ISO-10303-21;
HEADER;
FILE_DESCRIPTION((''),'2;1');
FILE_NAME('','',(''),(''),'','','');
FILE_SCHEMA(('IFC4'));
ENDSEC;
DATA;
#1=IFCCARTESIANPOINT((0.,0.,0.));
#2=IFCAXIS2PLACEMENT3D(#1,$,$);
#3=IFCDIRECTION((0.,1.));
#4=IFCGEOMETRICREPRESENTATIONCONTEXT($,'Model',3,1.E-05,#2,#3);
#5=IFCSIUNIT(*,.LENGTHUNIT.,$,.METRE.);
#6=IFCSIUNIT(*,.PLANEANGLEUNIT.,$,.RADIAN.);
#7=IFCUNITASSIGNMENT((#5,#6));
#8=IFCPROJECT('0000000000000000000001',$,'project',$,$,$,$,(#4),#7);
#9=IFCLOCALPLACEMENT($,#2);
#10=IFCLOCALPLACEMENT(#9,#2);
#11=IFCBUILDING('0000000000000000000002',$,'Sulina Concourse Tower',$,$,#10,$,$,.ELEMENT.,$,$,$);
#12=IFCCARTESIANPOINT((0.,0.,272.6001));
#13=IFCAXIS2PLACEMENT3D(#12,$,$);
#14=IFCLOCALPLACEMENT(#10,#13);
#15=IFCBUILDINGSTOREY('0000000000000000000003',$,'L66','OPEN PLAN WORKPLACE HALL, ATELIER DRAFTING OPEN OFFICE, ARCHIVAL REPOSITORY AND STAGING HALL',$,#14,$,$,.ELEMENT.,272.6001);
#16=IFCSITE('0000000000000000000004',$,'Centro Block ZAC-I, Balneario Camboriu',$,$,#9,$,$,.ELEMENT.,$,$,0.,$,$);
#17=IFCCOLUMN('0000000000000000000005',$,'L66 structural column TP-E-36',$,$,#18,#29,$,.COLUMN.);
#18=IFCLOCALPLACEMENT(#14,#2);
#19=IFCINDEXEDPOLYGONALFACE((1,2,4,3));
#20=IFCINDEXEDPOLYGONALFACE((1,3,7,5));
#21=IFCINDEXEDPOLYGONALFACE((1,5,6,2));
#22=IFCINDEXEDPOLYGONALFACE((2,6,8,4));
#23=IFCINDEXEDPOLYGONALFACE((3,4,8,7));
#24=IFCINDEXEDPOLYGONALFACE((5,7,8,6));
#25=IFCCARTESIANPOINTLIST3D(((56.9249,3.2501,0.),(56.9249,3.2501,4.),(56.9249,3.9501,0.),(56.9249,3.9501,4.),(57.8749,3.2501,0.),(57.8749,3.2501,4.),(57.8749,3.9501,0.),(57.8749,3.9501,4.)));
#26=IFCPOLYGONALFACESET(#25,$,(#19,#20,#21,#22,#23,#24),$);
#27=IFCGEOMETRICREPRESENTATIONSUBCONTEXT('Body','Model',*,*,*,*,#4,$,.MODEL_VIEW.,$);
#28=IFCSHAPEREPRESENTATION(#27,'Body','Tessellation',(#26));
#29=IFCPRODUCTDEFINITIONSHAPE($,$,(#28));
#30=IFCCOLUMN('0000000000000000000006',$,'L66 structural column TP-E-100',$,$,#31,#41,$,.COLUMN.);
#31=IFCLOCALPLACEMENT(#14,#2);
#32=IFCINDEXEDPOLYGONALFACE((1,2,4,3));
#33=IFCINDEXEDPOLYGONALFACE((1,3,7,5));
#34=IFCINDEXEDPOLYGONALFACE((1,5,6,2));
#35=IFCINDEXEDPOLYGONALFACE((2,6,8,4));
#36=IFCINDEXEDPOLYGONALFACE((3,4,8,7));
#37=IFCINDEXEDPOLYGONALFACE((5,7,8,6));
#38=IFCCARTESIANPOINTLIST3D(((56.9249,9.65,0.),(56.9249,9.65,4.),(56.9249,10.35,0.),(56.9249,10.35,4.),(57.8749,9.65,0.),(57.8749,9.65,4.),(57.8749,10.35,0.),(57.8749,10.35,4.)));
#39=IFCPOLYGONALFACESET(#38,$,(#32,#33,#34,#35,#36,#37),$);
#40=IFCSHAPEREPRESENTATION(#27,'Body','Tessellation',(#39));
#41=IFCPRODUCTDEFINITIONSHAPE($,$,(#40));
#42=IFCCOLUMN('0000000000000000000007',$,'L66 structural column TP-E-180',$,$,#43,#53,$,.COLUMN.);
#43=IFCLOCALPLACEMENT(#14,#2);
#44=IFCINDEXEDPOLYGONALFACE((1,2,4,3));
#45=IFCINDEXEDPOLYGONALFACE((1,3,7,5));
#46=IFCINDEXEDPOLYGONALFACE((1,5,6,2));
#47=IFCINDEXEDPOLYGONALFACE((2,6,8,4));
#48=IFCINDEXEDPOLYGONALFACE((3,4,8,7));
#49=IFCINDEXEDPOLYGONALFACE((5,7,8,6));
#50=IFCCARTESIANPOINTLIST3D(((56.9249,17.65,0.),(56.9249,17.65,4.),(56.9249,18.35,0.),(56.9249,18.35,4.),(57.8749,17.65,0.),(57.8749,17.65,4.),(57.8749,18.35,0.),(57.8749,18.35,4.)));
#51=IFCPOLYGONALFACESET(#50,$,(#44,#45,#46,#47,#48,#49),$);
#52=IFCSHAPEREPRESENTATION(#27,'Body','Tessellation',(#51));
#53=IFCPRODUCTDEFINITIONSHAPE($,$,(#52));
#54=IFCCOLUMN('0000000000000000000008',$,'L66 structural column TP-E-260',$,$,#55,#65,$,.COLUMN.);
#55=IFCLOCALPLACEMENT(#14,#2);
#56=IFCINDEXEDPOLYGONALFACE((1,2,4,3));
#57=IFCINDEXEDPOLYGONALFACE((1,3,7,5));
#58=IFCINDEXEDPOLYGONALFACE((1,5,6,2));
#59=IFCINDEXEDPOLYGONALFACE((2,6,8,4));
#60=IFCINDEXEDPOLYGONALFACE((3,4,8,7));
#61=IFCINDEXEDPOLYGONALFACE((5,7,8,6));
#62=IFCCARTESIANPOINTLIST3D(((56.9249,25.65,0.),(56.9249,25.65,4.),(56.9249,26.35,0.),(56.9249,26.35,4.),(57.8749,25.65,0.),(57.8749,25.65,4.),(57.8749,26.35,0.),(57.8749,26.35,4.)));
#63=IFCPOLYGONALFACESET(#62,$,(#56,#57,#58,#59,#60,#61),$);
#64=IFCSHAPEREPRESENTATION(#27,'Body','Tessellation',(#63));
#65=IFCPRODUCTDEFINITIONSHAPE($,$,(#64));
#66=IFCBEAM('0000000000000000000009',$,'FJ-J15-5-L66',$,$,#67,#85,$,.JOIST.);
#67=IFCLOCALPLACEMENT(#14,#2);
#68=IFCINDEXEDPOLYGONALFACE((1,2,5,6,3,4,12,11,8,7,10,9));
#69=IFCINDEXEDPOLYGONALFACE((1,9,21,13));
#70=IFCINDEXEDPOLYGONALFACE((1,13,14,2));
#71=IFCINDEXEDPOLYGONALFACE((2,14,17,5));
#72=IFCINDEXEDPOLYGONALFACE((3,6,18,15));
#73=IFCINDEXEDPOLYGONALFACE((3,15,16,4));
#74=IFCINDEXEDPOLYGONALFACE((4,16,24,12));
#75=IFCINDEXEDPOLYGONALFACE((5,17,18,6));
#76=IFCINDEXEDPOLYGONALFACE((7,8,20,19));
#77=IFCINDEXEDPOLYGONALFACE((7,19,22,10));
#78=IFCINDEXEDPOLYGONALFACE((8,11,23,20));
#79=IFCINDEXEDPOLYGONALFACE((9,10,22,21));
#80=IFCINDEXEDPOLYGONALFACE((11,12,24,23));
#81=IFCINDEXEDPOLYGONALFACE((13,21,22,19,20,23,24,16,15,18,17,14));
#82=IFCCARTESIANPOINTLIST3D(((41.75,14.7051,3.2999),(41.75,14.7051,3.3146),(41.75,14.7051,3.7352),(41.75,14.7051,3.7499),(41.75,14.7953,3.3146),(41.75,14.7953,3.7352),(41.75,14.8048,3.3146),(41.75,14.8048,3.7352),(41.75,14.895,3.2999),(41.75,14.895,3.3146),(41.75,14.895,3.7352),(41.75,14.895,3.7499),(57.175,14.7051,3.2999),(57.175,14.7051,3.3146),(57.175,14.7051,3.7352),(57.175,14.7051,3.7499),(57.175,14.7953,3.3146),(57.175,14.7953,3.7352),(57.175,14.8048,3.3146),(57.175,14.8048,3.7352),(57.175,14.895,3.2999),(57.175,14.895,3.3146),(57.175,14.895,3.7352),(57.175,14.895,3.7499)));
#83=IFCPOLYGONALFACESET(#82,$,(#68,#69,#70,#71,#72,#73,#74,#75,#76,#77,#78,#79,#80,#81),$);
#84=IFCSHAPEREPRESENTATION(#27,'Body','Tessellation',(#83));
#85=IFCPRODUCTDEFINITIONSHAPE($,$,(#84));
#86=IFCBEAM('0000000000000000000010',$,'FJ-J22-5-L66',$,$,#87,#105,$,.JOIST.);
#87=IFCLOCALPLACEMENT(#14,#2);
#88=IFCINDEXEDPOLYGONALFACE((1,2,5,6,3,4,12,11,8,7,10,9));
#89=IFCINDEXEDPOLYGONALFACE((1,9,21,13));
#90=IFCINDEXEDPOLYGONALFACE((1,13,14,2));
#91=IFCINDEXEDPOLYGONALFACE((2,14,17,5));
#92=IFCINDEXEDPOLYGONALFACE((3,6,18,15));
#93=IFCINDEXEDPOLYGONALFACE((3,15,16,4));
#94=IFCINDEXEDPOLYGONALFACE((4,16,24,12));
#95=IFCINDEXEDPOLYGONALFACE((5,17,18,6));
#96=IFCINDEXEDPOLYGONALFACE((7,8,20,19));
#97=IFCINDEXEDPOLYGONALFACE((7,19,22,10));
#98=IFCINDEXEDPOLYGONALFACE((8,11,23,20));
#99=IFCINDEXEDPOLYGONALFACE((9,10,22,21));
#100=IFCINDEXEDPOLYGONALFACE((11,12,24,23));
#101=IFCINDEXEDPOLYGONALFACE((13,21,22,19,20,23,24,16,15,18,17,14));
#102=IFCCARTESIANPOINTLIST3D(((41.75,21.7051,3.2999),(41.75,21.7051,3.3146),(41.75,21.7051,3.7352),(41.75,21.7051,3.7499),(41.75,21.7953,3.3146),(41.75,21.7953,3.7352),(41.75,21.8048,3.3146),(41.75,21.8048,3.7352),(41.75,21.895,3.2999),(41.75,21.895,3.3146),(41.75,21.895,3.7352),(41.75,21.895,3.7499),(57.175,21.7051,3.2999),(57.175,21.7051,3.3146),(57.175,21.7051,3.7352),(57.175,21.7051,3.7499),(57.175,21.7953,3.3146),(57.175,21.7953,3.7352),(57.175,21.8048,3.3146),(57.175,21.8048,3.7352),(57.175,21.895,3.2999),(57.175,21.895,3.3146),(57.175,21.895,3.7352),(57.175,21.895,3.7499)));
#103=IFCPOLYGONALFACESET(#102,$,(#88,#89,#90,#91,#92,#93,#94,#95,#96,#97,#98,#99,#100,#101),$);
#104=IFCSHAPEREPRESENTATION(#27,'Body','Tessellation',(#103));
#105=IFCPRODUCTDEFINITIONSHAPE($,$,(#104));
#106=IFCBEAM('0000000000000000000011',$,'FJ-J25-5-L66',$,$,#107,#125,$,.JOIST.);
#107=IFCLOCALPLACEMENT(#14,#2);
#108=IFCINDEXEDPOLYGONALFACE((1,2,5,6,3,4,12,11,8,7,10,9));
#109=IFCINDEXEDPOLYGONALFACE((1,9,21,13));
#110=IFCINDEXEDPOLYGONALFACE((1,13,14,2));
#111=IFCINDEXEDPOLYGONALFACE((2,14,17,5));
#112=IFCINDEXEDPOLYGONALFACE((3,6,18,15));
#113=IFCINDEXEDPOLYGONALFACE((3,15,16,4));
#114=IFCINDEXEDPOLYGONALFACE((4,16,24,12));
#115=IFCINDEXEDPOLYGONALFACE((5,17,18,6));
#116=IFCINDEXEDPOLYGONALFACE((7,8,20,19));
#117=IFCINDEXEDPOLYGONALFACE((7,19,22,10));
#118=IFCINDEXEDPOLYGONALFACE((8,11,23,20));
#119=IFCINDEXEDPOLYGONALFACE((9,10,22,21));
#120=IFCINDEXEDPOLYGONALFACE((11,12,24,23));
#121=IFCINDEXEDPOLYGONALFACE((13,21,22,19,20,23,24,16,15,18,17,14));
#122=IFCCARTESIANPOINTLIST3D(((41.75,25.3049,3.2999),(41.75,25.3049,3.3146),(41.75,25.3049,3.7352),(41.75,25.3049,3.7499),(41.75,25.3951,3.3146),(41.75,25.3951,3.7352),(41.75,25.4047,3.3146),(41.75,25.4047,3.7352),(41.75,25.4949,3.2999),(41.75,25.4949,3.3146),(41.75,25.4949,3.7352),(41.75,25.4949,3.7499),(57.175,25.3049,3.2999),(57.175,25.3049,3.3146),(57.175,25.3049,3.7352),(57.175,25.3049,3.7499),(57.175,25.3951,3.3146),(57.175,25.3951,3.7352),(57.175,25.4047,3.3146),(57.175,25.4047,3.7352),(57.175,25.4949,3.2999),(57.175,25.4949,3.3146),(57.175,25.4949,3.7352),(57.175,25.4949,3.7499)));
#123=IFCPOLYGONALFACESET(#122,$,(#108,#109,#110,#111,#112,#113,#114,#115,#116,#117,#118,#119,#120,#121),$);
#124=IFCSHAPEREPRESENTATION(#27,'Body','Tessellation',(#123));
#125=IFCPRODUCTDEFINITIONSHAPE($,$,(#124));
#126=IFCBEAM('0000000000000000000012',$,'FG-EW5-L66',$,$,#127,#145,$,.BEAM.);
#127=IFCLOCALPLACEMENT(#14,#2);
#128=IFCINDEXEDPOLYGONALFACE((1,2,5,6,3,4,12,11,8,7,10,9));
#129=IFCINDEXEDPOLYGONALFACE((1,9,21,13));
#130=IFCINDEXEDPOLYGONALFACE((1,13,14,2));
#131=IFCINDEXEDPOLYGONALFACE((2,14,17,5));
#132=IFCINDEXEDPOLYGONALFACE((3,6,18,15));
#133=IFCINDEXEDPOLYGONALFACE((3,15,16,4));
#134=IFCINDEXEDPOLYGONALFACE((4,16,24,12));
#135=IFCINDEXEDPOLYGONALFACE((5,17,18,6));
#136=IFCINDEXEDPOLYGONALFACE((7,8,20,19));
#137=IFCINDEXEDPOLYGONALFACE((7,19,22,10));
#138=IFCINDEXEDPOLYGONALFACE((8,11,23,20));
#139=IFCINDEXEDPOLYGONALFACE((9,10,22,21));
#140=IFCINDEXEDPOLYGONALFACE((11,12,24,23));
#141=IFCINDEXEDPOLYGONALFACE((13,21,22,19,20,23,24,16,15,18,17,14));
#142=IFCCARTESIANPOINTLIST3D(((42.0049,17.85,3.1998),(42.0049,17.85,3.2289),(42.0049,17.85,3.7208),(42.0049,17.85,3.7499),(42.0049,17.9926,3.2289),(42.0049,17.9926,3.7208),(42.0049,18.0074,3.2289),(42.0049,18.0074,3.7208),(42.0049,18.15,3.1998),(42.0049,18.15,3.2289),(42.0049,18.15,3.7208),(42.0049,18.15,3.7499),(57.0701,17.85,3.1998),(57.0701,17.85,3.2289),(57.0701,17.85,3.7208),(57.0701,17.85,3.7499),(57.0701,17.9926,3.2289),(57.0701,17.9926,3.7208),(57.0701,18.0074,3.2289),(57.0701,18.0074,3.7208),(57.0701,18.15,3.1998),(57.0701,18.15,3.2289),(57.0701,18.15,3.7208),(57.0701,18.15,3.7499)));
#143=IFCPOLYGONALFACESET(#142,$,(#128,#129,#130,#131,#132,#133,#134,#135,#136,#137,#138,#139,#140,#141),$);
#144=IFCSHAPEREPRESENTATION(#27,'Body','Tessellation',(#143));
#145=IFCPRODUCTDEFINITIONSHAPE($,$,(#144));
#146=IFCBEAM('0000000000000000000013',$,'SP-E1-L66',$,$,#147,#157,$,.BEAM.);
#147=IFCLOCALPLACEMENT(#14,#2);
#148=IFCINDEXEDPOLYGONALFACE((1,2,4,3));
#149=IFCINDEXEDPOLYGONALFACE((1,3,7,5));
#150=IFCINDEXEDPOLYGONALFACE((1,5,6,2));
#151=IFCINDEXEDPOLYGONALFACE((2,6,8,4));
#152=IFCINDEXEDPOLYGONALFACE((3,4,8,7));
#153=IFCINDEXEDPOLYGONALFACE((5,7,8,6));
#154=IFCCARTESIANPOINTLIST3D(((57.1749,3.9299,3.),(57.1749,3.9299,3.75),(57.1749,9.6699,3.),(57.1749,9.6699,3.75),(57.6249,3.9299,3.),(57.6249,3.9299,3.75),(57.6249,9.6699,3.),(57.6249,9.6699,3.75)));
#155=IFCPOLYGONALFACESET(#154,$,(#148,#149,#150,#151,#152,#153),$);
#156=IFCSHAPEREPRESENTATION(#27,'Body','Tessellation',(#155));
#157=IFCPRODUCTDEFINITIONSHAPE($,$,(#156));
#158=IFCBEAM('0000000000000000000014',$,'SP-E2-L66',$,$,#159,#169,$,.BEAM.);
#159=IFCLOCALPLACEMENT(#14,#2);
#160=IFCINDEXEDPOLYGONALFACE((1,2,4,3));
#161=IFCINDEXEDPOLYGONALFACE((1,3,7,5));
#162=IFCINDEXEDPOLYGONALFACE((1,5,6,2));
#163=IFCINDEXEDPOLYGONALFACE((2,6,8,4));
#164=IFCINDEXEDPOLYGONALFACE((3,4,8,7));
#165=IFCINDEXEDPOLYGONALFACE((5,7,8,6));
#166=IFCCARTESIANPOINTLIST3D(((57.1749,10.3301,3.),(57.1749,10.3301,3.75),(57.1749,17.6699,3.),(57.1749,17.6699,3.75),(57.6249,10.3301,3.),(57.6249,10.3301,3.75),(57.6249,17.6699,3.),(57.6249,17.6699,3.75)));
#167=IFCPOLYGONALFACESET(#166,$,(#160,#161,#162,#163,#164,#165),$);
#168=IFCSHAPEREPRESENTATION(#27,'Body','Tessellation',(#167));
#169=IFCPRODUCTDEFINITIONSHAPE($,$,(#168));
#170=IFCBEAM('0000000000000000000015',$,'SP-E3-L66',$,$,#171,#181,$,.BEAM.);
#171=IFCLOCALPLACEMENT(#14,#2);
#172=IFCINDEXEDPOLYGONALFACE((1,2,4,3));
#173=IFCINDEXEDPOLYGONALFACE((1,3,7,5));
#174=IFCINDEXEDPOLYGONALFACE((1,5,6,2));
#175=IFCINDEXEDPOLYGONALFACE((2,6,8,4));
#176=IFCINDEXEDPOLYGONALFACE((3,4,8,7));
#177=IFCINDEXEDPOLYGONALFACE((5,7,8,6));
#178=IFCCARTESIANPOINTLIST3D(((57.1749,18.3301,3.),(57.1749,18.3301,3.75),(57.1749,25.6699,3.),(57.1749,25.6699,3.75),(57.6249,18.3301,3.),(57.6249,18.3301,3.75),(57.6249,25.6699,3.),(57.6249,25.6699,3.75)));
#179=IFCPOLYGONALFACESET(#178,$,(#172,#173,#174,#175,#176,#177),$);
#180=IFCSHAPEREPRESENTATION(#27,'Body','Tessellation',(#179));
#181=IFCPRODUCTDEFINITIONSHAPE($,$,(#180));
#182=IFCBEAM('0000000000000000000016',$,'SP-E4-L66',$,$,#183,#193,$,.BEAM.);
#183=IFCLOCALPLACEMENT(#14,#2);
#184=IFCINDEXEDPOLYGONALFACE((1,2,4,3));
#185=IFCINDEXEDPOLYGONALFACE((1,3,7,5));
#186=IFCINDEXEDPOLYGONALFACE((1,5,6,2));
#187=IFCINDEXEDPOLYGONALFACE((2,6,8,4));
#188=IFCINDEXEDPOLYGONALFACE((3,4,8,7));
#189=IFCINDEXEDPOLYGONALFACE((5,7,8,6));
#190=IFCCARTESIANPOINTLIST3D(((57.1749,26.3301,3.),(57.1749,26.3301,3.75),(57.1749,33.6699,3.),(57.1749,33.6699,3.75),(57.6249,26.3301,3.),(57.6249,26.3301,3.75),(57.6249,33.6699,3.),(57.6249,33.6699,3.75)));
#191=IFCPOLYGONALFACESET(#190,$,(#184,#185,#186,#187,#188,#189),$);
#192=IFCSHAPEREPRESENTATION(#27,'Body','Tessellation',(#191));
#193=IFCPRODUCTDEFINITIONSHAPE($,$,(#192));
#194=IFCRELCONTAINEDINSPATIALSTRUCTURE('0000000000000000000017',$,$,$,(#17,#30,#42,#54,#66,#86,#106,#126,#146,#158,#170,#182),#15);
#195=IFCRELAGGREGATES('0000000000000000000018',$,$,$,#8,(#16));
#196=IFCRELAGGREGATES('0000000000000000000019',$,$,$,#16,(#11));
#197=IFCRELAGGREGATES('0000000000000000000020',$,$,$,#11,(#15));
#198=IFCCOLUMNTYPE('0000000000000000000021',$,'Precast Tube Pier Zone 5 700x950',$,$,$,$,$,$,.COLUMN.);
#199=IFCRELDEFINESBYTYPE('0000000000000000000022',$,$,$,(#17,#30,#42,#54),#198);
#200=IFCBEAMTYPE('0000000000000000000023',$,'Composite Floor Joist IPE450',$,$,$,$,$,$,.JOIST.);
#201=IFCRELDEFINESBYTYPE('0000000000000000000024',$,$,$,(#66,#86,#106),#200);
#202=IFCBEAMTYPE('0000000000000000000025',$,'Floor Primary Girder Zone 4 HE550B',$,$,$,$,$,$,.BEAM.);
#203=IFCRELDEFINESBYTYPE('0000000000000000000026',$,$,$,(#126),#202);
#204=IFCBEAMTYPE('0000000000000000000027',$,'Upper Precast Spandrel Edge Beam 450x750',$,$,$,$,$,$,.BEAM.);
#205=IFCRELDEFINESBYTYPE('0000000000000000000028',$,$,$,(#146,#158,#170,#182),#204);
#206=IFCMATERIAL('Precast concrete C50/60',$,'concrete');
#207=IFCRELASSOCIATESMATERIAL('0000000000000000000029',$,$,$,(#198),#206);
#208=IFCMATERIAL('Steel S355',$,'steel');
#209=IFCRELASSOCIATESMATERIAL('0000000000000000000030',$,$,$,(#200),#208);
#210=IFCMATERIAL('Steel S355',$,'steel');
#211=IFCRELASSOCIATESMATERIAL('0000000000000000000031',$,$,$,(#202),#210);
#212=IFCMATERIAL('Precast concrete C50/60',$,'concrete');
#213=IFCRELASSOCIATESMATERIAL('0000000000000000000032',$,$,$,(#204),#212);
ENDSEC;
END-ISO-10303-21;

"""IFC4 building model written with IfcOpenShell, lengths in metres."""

from ifc_helpers import new_model, si_unit, direction, frame, origin, origin_2d, place, context, subcontext, project, spatial, rectangle, i_section, extrude, material, material_profile, profile_set, type_object, element, save


model = new_model("IFC4")

# Units and contexts
model_context = context("Model", 3, precision=1e-05, world=origin(), true_north=direction((0.0, 1.0)))
body_context = subcontext(model_context, "Body", "Model", "MODEL_VIEW")
ifc_project = project(units=[si_unit("LENGTHUNIT", "METRE"), si_unit("PLANEANGLEUNIT", "RADIAN")], contexts=[model_context])

# Site, building, storey
site_placement = place(None, origin())
site = spatial("IfcSite", under=ifc_project, at=site_placement, Name="Centro Block ZAC-I, Balneario Camboriu", CompositionType="ELEMENT", RefElevation=0.0)
building_placement = place(site_placement, origin())
building = spatial("IfcBuilding", under=site, at=building_placement, Name="Sulina Concourse Tower", CompositionType="ELEMENT")
storey_placement = place(building_placement, frame((0.0, 0.0, 272.6001)))
storey = spatial("IfcBuildingStorey", under=building, at=storey_placement, Name="L66", Description="OPEN PLAN WORKPLACE HALL, ATELIER DRAFTING OPEN OFFICE, ARCHIVAL REPOSITORY AND STAGING HALL", CompositionType="ELEMENT", Elevation=272.6001)

# Columns
ifc_material_1 = material(Name="Precast concrete C50/60", Category="concrete")
ifc_material_profile_1 = material_profile(ifc_material_1, rectangle(XDim=0.7, YDim=0.95, at=origin_2d()), Name="PC 700x950")
ifc_profile_set_1 = profile_set([ifc_material_profile_1], Name="Precast concrete C50/60")
column_type = type_object("IfcColumnType", Name="Precast Tube Pier Zone 5 700x950", PredefinedType="COLUMN", material=ifc_profile_set_1)
for number, where, z_axis, x_axis, name in (
    (1, (57.3999, 3.6001, 0.0), (0.0, 0.0, 1.0), (0.0, 1.0, 0.0), "L66 structural column TP-E-36"),
    (2, (57.3999, 10.0, 0.0), (0.0, 0.0, 1.0), (0.0, 1.0, 0.0), "L66 structural column TP-E-100"),
    (3, (57.3999, 18.0, 0.0), (0.0, 0.0, 1.0), (0.0, 1.0, 0.0), "L66 structural column TP-E-180"),
    (4, (57.3999, 26.0, 0.0), (0.0, 0.0, 1.0), (0.0, 1.0, 0.0), "L66 structural column TP-E-260"),
):
    element("IfcColumn", number, at=place(storey_placement, frame(where, z_axis=z_axis, x_axis=x_axis)), inside=storey, type_object=column_type, Name=name, PredefinedType="COLUMN", context=body_context, shape_type="SweptSolid", body=[
        extrude(rectangle(XDim=0.7, YDim=0.95, at=origin_2d()), origin(), (0.0, 0.0, 1.0), 4.0),
    ])

# Beams
ifc_material_2 = material(Name="Steel S355", Category="steel")
ifc_material_profile_2 = material_profile(ifc_material_2, i_section(OverallWidth=0.1899, OverallDepth=0.45, WebThickness=0.0095, FlangeThickness=0.0146, at=origin_2d()), Name="IPE 450")
ifc_profile_set_2 = profile_set([ifc_material_profile_2], Name="Steel S355")
beam_type_1 = type_object("IfcBeamType", Name="Composite Floor Joist IPE450", PredefinedType="JOIST", material=ifc_profile_set_2)
for number, where, z_axis, x_axis, name in (
    (5, (41.75, 14.8, 3.5249), (1.0, 0.0, 0.0), (0.0, 1.0, 0.0), "FJ-J15-5-L66"),
    (6, (41.75, 21.8, 3.5249), (1.0, 0.0, 0.0), (0.0, 1.0, 0.0), "FJ-J22-5-L66"),
    (7, (41.75, 25.3999, 3.5249), (1.0, 0.0, 0.0), (0.0, 1.0, 0.0), "FJ-J25-5-L66"),
):
    element("IfcBeam", number, at=place(storey_placement, frame(where, z_axis=z_axis, x_axis=x_axis)), inside=storey, type_object=beam_type_1, Name=name, PredefinedType="JOIST", context=body_context, shape_type="SweptSolid", body=[
        extrude(i_section(OverallWidth=0.1899, OverallDepth=0.45, WebThickness=0.0095, FlangeThickness=0.0146, at=origin_2d()), origin(), (0.0, 0.0, 1.0), 15.425),
    ])
ifc_material_3 = material(Name="Steel S355", Category="steel")
ifc_material_profile_3 = material_profile(ifc_material_3, i_section(OverallWidth=0.3, OverallDepth=0.55, WebThickness=0.0149, FlangeThickness=0.0291, at=origin_2d()), Name="HE 550 B")
ifc_profile_set_3 = profile_set([ifc_material_profile_3], Name="Steel S355")
beam_type_2 = type_object("IfcBeamType", Name="Floor Primary Girder Zone 4 HE550B", PredefinedType="BEAM", material=ifc_profile_set_3)
beam_1_placement = place(storey_placement, frame((42.0049, 18.0, 3.4749), z_axis=(1.0, 0.0, 0.0), x_axis=(0.0, 1.0, 0.0)))
element("IfcBeam", 8, at=beam_1_placement, inside=storey, type_object=beam_type_2, Name="FG-EW5-L66", PredefinedType="BEAM", context=body_context, shape_type="SweptSolid", body=[
    extrude(i_section(OverallWidth=0.3, OverallDepth=0.55, WebThickness=0.0149, FlangeThickness=0.0291, at=origin_2d()), origin(), (0.0, 0.0, 1.0), 15.0652),
])
ifc_material_4 = material(Name="Precast concrete C50/60", Category="concrete")
ifc_material_profile_4 = material_profile(ifc_material_4, rectangle(XDim=0.45, YDim=0.75, at=origin_2d()), Name="RC 450x750")
ifc_profile_set_4 = profile_set([ifc_material_profile_4], Name="Precast concrete C50/60")
beam_type_3 = type_object("IfcBeamType", Name="Upper Precast Spandrel Edge Beam 450x750", PredefinedType="BEAM", material=ifc_profile_set_4)
beam_2_placement = place(storey_placement, frame((57.3999, 3.9299, 3.375), z_axis=(0.0, 1.0, 0.0), x_axis=(-1.0, 0.0, 0.0)))
element("IfcBeam", 9, at=beam_2_placement, inside=storey, type_object=beam_type_3, Name="SP-E1-L66", PredefinedType="BEAM", context=body_context, shape_type="SweptSolid", body=[
    extrude(rectangle(XDim=0.45, YDim=0.75, at=origin_2d()), origin(), (0.0, 0.0, 1.0), 5.74),
])
for number, where, z_axis, x_axis, name in (
    (10, (57.3999, 10.3301, 3.375), (0.0, 1.0, 0.0), (-1.0, 0.0, 0.0), "SP-E2-L66"),
    (11, (57.3999, 18.3301, 3.375), (0.0, 1.0, 0.0), (-1.0, 0.0, 0.0), "SP-E3-L66"),
    (12, (57.3999, 26.3301, 3.375), (0.0, 1.0, 0.0), (-1.0, 0.0, 0.0), "SP-E4-L66"),
):
    element("IfcBeam", number, at=place(storey_placement, frame(where, z_axis=z_axis, x_axis=x_axis)), inside=storey, type_object=beam_type_3, Name=name, PredefinedType="BEAM", context=body_context, shape_type="SweptSolid", body=[
        extrude(rectangle(XDim=0.45, YDim=0.75, at=origin_2d()), origin(), (0.0, 0.0, 1.0), 7.3398),
    ])

save(model, "model.ifc")
